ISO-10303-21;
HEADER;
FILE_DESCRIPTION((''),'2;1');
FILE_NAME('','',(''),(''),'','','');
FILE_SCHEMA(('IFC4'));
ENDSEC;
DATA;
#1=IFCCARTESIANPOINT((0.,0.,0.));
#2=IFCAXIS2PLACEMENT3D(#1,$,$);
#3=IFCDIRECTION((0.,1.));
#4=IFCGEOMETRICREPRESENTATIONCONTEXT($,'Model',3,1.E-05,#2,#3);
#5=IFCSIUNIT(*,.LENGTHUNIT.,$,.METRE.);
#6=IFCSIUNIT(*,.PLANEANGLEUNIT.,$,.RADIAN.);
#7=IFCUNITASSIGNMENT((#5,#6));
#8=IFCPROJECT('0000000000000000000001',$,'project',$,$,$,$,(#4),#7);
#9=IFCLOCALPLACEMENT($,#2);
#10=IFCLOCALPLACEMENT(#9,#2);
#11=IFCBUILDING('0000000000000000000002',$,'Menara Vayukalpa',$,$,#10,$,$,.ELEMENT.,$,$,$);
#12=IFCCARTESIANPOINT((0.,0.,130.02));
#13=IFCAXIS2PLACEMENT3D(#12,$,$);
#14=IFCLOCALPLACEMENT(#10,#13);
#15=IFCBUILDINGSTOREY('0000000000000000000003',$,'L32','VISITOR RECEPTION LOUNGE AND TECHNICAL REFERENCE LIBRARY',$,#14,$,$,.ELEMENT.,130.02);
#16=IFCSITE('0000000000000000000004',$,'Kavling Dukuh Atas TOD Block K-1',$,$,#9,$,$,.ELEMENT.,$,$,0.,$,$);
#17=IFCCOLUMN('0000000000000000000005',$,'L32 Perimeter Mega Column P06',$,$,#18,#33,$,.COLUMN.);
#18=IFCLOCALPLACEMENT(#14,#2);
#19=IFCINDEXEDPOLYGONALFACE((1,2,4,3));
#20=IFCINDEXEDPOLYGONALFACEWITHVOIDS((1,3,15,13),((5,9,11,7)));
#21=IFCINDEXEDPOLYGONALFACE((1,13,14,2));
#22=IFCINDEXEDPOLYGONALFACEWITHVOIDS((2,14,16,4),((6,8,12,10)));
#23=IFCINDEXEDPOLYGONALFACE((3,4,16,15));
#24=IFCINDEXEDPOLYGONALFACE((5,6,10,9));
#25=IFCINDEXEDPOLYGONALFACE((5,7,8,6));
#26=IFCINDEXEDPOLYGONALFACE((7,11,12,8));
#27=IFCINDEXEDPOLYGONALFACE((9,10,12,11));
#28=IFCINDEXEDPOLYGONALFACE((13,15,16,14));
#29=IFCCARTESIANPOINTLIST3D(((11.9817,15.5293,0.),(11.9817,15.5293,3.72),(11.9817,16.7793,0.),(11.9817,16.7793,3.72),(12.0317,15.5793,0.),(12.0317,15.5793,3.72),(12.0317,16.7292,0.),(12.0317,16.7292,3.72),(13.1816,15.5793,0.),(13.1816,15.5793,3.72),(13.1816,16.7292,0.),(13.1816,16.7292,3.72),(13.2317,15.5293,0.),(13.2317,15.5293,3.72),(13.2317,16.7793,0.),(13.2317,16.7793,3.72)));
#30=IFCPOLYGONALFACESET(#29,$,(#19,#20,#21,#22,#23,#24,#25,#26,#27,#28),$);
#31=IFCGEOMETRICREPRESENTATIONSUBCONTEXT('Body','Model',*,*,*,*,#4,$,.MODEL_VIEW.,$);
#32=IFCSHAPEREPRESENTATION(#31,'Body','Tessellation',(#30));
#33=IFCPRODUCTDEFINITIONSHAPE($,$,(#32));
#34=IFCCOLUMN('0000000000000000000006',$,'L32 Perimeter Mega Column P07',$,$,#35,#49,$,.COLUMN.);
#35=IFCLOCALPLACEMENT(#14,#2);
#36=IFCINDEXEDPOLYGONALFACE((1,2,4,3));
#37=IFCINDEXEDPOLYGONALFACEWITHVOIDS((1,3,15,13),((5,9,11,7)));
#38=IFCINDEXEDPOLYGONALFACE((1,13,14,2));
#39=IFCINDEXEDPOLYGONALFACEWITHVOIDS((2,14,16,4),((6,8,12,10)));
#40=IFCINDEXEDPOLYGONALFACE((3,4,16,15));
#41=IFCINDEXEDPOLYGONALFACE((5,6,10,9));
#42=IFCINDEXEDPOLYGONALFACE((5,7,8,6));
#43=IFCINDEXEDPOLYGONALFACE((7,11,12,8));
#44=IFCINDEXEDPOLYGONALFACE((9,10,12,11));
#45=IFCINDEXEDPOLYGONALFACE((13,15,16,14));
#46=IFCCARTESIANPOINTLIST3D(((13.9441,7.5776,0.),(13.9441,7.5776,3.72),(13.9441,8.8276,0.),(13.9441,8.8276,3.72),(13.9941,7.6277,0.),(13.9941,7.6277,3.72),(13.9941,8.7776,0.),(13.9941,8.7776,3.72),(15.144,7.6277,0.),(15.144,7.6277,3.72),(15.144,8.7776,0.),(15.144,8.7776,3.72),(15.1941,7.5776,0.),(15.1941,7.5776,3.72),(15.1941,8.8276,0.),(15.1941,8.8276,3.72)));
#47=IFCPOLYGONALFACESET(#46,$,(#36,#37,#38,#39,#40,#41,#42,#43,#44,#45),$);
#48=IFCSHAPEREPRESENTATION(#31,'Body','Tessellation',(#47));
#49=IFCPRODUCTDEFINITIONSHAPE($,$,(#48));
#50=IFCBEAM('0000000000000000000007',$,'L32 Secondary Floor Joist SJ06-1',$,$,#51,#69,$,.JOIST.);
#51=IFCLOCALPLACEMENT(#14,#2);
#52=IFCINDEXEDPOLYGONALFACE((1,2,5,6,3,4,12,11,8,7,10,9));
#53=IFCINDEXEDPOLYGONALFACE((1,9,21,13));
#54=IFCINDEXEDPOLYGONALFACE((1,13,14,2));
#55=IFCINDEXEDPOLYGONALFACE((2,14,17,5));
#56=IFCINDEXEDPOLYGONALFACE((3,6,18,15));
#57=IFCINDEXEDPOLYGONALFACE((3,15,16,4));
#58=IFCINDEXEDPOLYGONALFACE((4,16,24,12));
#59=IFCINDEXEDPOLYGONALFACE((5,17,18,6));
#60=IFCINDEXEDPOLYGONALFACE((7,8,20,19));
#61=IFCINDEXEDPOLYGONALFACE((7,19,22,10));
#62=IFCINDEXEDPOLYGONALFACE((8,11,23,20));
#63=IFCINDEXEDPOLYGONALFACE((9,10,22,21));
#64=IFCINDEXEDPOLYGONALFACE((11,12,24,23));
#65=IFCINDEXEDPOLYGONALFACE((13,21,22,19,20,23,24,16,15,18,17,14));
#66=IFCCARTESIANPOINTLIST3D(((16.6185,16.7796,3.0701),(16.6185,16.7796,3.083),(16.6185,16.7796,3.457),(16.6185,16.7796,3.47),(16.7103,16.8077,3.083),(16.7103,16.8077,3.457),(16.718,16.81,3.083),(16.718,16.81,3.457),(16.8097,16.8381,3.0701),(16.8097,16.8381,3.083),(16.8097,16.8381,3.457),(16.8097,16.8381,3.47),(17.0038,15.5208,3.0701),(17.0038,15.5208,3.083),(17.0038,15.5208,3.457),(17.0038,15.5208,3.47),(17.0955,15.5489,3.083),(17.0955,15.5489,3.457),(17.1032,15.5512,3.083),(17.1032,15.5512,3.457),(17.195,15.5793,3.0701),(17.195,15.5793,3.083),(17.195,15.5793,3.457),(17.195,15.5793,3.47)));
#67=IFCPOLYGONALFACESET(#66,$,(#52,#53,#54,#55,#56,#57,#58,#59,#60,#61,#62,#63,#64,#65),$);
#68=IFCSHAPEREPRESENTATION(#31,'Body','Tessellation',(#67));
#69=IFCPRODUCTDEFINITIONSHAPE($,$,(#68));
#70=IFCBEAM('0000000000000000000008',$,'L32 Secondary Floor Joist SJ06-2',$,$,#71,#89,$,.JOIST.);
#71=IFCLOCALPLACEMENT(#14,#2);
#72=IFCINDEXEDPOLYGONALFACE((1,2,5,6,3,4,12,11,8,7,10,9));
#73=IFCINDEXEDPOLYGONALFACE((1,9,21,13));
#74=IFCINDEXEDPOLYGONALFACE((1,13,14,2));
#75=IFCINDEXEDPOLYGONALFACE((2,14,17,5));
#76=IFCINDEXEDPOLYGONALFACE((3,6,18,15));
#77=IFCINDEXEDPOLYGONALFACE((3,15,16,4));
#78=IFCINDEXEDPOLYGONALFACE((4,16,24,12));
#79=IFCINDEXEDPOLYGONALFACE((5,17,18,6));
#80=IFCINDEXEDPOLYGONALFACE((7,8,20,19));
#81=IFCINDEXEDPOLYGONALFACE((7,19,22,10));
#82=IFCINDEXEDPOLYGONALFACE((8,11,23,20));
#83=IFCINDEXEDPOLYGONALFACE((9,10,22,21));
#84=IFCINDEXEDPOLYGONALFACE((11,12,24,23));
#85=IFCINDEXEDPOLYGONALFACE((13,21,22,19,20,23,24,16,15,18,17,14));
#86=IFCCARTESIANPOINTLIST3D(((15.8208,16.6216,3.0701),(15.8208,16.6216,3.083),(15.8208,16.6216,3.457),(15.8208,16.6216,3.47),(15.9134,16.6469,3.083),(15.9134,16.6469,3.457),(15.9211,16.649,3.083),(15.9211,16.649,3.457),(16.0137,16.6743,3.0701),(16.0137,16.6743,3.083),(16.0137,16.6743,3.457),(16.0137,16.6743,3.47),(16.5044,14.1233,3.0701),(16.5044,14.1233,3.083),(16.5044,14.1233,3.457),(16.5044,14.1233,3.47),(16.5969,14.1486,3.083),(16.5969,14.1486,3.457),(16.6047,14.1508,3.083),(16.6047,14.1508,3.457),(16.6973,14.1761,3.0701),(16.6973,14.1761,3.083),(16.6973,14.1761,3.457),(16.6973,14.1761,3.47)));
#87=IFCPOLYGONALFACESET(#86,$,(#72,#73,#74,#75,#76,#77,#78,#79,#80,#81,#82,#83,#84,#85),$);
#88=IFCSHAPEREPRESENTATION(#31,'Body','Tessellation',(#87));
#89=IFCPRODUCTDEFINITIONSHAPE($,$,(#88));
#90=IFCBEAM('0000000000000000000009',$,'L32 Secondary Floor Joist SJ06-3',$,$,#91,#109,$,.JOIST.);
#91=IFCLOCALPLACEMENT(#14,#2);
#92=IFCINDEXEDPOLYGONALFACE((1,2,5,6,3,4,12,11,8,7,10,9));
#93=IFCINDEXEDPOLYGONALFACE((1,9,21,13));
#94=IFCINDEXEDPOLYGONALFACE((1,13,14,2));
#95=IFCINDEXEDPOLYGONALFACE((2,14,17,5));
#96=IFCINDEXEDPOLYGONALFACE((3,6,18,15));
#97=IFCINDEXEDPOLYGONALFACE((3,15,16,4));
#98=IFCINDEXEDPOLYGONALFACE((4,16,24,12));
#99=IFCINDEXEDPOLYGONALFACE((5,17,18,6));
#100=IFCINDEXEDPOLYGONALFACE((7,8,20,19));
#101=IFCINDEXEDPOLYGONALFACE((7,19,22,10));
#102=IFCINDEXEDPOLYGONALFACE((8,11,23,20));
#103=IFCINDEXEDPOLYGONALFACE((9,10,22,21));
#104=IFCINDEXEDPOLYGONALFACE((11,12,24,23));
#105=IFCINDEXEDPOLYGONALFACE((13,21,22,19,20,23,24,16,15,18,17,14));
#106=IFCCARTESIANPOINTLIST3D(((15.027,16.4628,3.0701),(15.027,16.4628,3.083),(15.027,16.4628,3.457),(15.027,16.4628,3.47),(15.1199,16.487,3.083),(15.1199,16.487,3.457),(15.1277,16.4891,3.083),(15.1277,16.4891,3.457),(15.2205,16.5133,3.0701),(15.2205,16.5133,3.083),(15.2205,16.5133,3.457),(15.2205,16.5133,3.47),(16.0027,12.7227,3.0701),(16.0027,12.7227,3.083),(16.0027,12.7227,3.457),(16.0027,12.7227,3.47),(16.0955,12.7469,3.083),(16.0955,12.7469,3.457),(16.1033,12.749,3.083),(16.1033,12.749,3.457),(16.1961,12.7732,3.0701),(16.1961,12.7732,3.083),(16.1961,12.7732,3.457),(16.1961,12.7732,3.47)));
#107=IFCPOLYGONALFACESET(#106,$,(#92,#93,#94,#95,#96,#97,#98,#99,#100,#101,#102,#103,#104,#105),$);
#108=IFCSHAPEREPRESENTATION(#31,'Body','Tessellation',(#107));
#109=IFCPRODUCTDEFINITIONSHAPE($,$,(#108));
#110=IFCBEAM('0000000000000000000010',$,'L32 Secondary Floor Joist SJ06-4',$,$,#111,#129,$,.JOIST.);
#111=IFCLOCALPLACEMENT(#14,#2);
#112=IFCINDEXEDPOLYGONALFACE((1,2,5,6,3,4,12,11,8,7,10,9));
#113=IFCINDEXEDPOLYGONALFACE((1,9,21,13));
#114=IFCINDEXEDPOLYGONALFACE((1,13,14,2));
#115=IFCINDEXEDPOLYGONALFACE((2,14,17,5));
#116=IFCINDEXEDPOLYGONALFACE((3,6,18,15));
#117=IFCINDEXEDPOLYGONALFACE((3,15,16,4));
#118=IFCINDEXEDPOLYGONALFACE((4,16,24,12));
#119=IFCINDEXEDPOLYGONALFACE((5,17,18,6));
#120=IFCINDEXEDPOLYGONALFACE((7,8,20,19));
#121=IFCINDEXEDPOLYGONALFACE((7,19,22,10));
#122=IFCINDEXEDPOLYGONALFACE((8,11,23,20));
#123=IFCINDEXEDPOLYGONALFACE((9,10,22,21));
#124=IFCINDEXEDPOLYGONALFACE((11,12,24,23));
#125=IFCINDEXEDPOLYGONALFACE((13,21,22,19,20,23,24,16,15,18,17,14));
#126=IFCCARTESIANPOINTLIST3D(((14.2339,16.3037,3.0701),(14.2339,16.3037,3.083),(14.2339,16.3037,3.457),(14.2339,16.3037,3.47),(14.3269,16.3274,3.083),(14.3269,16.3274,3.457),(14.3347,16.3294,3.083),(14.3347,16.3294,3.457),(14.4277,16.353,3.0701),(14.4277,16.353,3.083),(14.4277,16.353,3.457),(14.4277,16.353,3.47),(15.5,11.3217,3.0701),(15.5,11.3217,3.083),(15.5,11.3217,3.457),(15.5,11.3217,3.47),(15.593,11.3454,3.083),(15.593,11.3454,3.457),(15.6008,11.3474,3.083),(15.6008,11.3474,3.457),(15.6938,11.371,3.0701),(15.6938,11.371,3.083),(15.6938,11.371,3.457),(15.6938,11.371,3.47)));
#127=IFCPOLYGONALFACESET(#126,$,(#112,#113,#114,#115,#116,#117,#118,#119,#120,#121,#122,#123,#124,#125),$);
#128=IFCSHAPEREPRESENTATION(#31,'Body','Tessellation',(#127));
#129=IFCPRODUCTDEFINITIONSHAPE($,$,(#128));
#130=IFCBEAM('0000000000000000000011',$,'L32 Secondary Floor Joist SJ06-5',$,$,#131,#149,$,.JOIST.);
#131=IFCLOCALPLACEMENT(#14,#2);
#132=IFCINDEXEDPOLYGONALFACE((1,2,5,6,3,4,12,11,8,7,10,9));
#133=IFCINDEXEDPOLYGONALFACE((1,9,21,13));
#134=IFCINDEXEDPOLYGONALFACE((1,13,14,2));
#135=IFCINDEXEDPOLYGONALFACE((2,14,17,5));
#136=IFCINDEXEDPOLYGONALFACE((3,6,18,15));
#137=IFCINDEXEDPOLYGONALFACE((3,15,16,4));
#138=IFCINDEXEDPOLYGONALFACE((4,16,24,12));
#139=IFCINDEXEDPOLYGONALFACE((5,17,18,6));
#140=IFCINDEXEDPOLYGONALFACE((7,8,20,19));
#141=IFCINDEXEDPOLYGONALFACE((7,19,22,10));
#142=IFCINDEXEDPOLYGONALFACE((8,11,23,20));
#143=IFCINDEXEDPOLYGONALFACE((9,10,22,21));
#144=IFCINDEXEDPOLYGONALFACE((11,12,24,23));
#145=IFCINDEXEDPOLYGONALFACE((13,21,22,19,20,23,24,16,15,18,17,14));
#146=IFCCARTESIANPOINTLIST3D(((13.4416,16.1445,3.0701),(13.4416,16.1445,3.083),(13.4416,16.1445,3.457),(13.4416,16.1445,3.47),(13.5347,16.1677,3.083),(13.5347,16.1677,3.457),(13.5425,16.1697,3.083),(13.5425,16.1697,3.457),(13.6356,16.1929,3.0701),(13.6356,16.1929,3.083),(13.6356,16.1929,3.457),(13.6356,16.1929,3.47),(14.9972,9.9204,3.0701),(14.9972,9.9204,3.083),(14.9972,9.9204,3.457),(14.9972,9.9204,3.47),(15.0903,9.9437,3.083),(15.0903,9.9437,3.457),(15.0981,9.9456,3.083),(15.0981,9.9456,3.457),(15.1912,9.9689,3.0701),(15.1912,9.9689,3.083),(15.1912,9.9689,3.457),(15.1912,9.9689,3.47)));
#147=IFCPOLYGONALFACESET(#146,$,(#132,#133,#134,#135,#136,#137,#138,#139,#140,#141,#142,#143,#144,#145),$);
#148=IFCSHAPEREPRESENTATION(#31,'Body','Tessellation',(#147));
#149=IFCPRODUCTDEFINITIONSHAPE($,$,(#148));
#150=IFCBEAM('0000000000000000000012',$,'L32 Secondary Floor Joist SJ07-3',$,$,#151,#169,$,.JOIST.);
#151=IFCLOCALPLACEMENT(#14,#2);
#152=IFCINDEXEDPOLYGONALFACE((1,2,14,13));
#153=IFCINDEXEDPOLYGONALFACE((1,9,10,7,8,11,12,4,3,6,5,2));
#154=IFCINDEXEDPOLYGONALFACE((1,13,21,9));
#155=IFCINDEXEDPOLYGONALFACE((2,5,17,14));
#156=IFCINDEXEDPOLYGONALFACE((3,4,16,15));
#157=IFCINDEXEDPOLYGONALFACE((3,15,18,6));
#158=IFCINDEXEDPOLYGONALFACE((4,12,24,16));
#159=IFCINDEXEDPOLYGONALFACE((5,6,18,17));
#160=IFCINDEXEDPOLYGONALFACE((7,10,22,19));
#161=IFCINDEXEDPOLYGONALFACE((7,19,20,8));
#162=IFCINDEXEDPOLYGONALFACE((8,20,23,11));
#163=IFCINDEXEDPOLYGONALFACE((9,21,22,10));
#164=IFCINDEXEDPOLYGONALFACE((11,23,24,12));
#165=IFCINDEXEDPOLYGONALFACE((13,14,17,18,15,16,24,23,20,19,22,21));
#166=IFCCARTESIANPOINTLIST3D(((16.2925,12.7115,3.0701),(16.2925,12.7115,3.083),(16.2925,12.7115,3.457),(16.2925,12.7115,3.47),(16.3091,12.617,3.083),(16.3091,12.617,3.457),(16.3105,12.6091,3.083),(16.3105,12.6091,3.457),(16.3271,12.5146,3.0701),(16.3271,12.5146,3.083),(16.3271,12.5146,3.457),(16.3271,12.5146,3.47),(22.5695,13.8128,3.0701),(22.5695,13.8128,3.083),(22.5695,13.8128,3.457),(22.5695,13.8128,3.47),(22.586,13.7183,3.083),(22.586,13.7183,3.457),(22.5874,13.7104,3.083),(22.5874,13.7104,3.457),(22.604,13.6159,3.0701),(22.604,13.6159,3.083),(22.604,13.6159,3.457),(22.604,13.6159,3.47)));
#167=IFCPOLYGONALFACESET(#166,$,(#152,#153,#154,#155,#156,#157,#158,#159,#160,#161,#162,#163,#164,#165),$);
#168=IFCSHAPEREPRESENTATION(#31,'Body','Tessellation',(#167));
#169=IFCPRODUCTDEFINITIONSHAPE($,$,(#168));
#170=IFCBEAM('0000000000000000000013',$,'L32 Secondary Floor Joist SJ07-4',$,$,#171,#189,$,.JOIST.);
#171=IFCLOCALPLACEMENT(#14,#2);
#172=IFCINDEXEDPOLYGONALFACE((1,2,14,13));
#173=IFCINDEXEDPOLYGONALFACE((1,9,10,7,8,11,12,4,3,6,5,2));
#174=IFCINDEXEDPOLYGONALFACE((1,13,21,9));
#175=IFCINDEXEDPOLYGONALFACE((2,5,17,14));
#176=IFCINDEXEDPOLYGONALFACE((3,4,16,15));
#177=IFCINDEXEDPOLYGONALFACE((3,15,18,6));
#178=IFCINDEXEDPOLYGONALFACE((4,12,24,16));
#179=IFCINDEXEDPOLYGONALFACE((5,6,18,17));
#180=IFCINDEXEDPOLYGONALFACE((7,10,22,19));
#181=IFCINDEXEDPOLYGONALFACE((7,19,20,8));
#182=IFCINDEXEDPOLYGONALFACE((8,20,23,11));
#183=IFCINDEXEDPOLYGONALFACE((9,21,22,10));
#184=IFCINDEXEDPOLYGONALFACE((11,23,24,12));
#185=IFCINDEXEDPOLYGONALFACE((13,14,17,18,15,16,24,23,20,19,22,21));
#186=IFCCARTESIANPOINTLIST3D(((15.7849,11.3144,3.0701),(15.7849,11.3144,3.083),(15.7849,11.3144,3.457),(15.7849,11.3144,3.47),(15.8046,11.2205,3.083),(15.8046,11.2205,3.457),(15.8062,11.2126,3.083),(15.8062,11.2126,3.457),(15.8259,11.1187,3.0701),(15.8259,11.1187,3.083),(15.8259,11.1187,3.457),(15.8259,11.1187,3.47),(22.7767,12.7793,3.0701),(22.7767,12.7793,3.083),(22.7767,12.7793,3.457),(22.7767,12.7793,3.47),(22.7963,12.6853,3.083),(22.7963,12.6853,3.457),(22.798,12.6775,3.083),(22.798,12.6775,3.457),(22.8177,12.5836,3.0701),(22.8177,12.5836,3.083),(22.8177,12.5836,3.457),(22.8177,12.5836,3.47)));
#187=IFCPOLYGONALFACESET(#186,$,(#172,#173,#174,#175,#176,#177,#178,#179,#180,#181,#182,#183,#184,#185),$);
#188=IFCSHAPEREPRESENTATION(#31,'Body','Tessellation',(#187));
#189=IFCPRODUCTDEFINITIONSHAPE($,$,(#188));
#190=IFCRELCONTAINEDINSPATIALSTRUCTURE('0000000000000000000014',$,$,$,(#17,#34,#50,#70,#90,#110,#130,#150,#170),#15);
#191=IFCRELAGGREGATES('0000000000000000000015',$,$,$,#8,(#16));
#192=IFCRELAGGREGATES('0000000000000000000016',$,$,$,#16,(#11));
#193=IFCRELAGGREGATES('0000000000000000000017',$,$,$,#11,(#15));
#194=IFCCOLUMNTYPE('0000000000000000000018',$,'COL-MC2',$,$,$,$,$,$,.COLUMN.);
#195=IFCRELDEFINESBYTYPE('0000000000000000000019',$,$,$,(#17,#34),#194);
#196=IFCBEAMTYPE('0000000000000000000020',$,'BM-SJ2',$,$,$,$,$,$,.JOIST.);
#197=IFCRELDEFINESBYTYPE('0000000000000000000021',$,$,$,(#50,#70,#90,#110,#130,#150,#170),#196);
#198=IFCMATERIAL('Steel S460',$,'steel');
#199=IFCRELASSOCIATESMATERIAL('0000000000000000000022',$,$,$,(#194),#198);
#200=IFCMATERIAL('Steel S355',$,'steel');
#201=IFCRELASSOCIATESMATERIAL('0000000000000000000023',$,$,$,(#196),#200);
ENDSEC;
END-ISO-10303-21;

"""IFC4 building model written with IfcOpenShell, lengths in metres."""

from ifc_helpers import new_model, si_unit, direction, frame, origin, origin_2d, place, context, subcontext, project, spatial, hollow_rectangle, i_section, extrude, material, material_profile, profile_set, type_object, element, save


model = new_model("IFC4")

# Units and contexts
model_context = context("Model", 3, precision=1e-05, world=origin(), true_north=direction((0.0, 1.0)))
body_context = subcontext(model_context, "Body", "Model", "MODEL_VIEW")
ifc_project = project(units=[si_unit("LENGTHUNIT", "METRE"), si_unit("PLANEANGLEUNIT", "RADIAN")], contexts=[model_context])

# Site, building, storey
site_placement = place(None, origin())
site = spatial("IfcSite", under=ifc_project, at=site_placement, Name="Kavling Dukuh Atas TOD Block K-1", CompositionType="ELEMENT", RefElevation=0.0)
building_placement = place(site_placement, origin())
building = spatial("IfcBuilding", under=site, at=building_placement, Name="Menara Vayukalpa", CompositionType="ELEMENT")
storey_placement = place(building_placement, frame((0.0, 0.0, 130.02)))
storey = spatial("IfcBuildingStorey", under=building, at=storey_placement, Name="L32", Description="VISITOR RECEPTION LOUNGE AND TECHNICAL REFERENCE LIBRARY", CompositionType="ELEMENT", Elevation=130.02)

# Columns
ifc_material_1 = material(Name="Steel S460", Category="steel")
ifc_material_profile_1 = material_profile(ifc_material_1, hollow_rectangle(XDim=1.25, YDim=1.25, WallThickness=0.05, at=origin_2d()), Name="BOX 1250x1250x50")
ifc_profile_set_1 = profile_set([ifc_material_profile_1], Name="Steel S460")
column_type = type_object("IfcColumnType", Name="COL-MC2", PredefinedType="COLUMN", material=ifc_profile_set_1)
for number, where, z_axis, x_axis, name in (
    (1, (12.6067, 16.1543, 0.0), (0.0, 0.0, 1.0), (1.0, 0.0, 0.0), "L32 Perimeter Mega Column P06"),
    (2, (14.5691, 8.2026, 0.0), (0.0, 0.0, 1.0), (1.0, 0.0, 0.0), "L32 Perimeter Mega Column P07"),
):
    element("IfcColumn", number, at=place(storey_placement, frame(where, z_axis=z_axis, x_axis=x_axis)), inside=storey, type_object=column_type, Name=name, PredefinedType="COLUMN", context=body_context, shape_type="SweptSolid", body=[
        extrude(hollow_rectangle(XDim=1.25, YDim=1.25, WallThickness=0.05, at=origin_2d()), origin(), (0.0, 0.0, 1.0), 3.72),
    ])

# Beams
ifc_material_2 = material(Name="Steel S355", Category="steel")
ifc_material_profile_2 = material_profile(ifc_material_2, i_section(OverallWidth=0.2, OverallDepth=0.3999, WebThickness=0.0081, FlangeThickness=0.0129, at=origin_2d()), Name="WF 400x200x8x13")
ifc_profile_set_2 = profile_set([ifc_material_profile_2], Name="Steel S355")
beam_type_1 = type_object("IfcBeamType", Name="BM-SJ2", PredefinedType="JOIST", material=ifc_profile_set_2)
beam_1_placement = place(storey_placement, frame((16.7141, 16.8088, 3.27), z_axis=(0.292652, -0.956219, 0.0), x_axis=(0.956219, 0.292652, 0.0)))
element("IfcBeam", 3, at=beam_1_placement, inside=storey, type_object=beam_type_1, Name="L32 Secondary Floor Joist SJ06-1", PredefinedType="JOIST", context=body_context, shape_type="SweptSolid", body=[
    extrude(i_section(OverallWidth=0.2, OverallDepth=0.3999, WebThickness=0.0081, FlangeThickness=0.0129, at=origin_2d()), origin(), (0.0, 0.0, 1.0), 1.3164),
])
beam_2_placement = place(storey_placement, frame((15.9172, 16.6479, 3.27), z_axis=(0.263923, -0.964544, 0.0), x_axis=(0.964544, 0.263923, 0.0)))
element("IfcBeam", 4, at=beam_2_placement, inside=storey, type_object=beam_type_1, Name="L32 Secondary Floor Joist SJ06-2", PredefinedType="JOIST", context=body_context, shape_type="SweptSolid", body=[
    extrude(i_section(OverallWidth=0.2, OverallDepth=0.3999, WebThickness=0.0081, FlangeThickness=0.0129, at=origin_2d()), origin(), (0.0, 0.0, 1.0), 2.5901),
])
beam_3_placement = place(storey_placement, frame((15.1238, 16.488, 3.27), z_axis=(0.252406, -0.967621, 0.0), x_axis=(0.967621, 0.252406, 0.0)))
element("IfcBeam", 5, at=beam_3_placement, inside=storey, type_object=beam_type_1, Name="L32 Secondary Floor Joist SJ06-3", PredefinedType="JOIST", context=body_context, shape_type="SweptSolid", body=[
    extrude(i_section(OverallWidth=0.2, OverallDepth=0.3999, WebThickness=0.0081, FlangeThickness=0.0129, at=origin_2d()), origin(), (0.0, 0.0, 1.0), 3.8652),
])
beam_4_placement = place(storey_placement, frame((14.3308, 16.3284, 3.27), z_axis=(0.246311, -0.969191, 0.0), x_axis=(0.969191, 0.246311, 0.0)))
element("IfcBeam", 6, at=beam_4_placement, inside=storey, type_object=beam_type_1, Name="L32 Secondary Floor Joist SJ06-4", PredefinedType="JOIST", context=body_context, shape_type="SweptSolid", body=[
    extrude(i_section(OverallWidth=0.2, OverallDepth=0.3999, WebThickness=0.0081, FlangeThickness=0.0129, at=origin_2d()), origin(), (0.0, 0.0, 1.0), 5.1404),
])
beam_5_placement = place(storey_placement, frame((13.5386, 16.1687, 3.27), z_axis=(0.242482, -0.970156, 0.0), x_axis=(0.970156, 0.242482, 0.0)))
element("IfcBeam", 7, at=beam_5_placement, inside=storey, type_object=beam_type_1, Name="L32 Secondary Floor Joist SJ06-5", PredefinedType="JOIST", context=body_context, shape_type="SweptSolid", body=[
    extrude(i_section(OverallWidth=0.2, OverallDepth=0.3999, WebThickness=0.0081, FlangeThickness=0.0129, at=origin_2d()), origin(), (0.0, 0.0, 1.0), 6.4155),
])
beam_6_placement = place(storey_placement, frame((16.3098, 12.613, 3.27), z_axis=(0.984954, 0.172817, 0.0), x_axis=(-0.172817, 0.984954, 0.0)))
element("IfcBeam", 8, at=beam_6_placement, inside=storey, type_object=beam_type_1, Name="L32 Secondary Floor Joist SJ07-3", PredefinedType="JOIST", context=body_context, shape_type="SweptSolid", body=[
    extrude(i_section(OverallWidth=0.2, OverallDepth=0.3999, WebThickness=0.0081, FlangeThickness=0.0129, at=origin_2d()), origin(), (0.0, 0.0, 1.0), 6.3728),
])
beam_7_placement = place(storey_placement, frame((15.8054, 11.2166, 3.27), z_axis=(0.978749, 0.20506, 0.0), x_axis=(-0.20506, 0.978749, 0.0)))
element("IfcBeam", 9, at=beam_7_placement, inside=storey, type_object=beam_type_1, Name="L32 Secondary Floor Joist SJ07-4", PredefinedType="JOIST", context=body_context, shape_type="SweptSolid", body=[
    extrude(i_section(OverallWidth=0.2, OverallDepth=0.3999, WebThickness=0.0081, FlangeThickness=0.0129, at=origin_2d()), origin(), (0.0, 0.0, 1.0), 7.1436),
])

save(model, "model.ifc")
